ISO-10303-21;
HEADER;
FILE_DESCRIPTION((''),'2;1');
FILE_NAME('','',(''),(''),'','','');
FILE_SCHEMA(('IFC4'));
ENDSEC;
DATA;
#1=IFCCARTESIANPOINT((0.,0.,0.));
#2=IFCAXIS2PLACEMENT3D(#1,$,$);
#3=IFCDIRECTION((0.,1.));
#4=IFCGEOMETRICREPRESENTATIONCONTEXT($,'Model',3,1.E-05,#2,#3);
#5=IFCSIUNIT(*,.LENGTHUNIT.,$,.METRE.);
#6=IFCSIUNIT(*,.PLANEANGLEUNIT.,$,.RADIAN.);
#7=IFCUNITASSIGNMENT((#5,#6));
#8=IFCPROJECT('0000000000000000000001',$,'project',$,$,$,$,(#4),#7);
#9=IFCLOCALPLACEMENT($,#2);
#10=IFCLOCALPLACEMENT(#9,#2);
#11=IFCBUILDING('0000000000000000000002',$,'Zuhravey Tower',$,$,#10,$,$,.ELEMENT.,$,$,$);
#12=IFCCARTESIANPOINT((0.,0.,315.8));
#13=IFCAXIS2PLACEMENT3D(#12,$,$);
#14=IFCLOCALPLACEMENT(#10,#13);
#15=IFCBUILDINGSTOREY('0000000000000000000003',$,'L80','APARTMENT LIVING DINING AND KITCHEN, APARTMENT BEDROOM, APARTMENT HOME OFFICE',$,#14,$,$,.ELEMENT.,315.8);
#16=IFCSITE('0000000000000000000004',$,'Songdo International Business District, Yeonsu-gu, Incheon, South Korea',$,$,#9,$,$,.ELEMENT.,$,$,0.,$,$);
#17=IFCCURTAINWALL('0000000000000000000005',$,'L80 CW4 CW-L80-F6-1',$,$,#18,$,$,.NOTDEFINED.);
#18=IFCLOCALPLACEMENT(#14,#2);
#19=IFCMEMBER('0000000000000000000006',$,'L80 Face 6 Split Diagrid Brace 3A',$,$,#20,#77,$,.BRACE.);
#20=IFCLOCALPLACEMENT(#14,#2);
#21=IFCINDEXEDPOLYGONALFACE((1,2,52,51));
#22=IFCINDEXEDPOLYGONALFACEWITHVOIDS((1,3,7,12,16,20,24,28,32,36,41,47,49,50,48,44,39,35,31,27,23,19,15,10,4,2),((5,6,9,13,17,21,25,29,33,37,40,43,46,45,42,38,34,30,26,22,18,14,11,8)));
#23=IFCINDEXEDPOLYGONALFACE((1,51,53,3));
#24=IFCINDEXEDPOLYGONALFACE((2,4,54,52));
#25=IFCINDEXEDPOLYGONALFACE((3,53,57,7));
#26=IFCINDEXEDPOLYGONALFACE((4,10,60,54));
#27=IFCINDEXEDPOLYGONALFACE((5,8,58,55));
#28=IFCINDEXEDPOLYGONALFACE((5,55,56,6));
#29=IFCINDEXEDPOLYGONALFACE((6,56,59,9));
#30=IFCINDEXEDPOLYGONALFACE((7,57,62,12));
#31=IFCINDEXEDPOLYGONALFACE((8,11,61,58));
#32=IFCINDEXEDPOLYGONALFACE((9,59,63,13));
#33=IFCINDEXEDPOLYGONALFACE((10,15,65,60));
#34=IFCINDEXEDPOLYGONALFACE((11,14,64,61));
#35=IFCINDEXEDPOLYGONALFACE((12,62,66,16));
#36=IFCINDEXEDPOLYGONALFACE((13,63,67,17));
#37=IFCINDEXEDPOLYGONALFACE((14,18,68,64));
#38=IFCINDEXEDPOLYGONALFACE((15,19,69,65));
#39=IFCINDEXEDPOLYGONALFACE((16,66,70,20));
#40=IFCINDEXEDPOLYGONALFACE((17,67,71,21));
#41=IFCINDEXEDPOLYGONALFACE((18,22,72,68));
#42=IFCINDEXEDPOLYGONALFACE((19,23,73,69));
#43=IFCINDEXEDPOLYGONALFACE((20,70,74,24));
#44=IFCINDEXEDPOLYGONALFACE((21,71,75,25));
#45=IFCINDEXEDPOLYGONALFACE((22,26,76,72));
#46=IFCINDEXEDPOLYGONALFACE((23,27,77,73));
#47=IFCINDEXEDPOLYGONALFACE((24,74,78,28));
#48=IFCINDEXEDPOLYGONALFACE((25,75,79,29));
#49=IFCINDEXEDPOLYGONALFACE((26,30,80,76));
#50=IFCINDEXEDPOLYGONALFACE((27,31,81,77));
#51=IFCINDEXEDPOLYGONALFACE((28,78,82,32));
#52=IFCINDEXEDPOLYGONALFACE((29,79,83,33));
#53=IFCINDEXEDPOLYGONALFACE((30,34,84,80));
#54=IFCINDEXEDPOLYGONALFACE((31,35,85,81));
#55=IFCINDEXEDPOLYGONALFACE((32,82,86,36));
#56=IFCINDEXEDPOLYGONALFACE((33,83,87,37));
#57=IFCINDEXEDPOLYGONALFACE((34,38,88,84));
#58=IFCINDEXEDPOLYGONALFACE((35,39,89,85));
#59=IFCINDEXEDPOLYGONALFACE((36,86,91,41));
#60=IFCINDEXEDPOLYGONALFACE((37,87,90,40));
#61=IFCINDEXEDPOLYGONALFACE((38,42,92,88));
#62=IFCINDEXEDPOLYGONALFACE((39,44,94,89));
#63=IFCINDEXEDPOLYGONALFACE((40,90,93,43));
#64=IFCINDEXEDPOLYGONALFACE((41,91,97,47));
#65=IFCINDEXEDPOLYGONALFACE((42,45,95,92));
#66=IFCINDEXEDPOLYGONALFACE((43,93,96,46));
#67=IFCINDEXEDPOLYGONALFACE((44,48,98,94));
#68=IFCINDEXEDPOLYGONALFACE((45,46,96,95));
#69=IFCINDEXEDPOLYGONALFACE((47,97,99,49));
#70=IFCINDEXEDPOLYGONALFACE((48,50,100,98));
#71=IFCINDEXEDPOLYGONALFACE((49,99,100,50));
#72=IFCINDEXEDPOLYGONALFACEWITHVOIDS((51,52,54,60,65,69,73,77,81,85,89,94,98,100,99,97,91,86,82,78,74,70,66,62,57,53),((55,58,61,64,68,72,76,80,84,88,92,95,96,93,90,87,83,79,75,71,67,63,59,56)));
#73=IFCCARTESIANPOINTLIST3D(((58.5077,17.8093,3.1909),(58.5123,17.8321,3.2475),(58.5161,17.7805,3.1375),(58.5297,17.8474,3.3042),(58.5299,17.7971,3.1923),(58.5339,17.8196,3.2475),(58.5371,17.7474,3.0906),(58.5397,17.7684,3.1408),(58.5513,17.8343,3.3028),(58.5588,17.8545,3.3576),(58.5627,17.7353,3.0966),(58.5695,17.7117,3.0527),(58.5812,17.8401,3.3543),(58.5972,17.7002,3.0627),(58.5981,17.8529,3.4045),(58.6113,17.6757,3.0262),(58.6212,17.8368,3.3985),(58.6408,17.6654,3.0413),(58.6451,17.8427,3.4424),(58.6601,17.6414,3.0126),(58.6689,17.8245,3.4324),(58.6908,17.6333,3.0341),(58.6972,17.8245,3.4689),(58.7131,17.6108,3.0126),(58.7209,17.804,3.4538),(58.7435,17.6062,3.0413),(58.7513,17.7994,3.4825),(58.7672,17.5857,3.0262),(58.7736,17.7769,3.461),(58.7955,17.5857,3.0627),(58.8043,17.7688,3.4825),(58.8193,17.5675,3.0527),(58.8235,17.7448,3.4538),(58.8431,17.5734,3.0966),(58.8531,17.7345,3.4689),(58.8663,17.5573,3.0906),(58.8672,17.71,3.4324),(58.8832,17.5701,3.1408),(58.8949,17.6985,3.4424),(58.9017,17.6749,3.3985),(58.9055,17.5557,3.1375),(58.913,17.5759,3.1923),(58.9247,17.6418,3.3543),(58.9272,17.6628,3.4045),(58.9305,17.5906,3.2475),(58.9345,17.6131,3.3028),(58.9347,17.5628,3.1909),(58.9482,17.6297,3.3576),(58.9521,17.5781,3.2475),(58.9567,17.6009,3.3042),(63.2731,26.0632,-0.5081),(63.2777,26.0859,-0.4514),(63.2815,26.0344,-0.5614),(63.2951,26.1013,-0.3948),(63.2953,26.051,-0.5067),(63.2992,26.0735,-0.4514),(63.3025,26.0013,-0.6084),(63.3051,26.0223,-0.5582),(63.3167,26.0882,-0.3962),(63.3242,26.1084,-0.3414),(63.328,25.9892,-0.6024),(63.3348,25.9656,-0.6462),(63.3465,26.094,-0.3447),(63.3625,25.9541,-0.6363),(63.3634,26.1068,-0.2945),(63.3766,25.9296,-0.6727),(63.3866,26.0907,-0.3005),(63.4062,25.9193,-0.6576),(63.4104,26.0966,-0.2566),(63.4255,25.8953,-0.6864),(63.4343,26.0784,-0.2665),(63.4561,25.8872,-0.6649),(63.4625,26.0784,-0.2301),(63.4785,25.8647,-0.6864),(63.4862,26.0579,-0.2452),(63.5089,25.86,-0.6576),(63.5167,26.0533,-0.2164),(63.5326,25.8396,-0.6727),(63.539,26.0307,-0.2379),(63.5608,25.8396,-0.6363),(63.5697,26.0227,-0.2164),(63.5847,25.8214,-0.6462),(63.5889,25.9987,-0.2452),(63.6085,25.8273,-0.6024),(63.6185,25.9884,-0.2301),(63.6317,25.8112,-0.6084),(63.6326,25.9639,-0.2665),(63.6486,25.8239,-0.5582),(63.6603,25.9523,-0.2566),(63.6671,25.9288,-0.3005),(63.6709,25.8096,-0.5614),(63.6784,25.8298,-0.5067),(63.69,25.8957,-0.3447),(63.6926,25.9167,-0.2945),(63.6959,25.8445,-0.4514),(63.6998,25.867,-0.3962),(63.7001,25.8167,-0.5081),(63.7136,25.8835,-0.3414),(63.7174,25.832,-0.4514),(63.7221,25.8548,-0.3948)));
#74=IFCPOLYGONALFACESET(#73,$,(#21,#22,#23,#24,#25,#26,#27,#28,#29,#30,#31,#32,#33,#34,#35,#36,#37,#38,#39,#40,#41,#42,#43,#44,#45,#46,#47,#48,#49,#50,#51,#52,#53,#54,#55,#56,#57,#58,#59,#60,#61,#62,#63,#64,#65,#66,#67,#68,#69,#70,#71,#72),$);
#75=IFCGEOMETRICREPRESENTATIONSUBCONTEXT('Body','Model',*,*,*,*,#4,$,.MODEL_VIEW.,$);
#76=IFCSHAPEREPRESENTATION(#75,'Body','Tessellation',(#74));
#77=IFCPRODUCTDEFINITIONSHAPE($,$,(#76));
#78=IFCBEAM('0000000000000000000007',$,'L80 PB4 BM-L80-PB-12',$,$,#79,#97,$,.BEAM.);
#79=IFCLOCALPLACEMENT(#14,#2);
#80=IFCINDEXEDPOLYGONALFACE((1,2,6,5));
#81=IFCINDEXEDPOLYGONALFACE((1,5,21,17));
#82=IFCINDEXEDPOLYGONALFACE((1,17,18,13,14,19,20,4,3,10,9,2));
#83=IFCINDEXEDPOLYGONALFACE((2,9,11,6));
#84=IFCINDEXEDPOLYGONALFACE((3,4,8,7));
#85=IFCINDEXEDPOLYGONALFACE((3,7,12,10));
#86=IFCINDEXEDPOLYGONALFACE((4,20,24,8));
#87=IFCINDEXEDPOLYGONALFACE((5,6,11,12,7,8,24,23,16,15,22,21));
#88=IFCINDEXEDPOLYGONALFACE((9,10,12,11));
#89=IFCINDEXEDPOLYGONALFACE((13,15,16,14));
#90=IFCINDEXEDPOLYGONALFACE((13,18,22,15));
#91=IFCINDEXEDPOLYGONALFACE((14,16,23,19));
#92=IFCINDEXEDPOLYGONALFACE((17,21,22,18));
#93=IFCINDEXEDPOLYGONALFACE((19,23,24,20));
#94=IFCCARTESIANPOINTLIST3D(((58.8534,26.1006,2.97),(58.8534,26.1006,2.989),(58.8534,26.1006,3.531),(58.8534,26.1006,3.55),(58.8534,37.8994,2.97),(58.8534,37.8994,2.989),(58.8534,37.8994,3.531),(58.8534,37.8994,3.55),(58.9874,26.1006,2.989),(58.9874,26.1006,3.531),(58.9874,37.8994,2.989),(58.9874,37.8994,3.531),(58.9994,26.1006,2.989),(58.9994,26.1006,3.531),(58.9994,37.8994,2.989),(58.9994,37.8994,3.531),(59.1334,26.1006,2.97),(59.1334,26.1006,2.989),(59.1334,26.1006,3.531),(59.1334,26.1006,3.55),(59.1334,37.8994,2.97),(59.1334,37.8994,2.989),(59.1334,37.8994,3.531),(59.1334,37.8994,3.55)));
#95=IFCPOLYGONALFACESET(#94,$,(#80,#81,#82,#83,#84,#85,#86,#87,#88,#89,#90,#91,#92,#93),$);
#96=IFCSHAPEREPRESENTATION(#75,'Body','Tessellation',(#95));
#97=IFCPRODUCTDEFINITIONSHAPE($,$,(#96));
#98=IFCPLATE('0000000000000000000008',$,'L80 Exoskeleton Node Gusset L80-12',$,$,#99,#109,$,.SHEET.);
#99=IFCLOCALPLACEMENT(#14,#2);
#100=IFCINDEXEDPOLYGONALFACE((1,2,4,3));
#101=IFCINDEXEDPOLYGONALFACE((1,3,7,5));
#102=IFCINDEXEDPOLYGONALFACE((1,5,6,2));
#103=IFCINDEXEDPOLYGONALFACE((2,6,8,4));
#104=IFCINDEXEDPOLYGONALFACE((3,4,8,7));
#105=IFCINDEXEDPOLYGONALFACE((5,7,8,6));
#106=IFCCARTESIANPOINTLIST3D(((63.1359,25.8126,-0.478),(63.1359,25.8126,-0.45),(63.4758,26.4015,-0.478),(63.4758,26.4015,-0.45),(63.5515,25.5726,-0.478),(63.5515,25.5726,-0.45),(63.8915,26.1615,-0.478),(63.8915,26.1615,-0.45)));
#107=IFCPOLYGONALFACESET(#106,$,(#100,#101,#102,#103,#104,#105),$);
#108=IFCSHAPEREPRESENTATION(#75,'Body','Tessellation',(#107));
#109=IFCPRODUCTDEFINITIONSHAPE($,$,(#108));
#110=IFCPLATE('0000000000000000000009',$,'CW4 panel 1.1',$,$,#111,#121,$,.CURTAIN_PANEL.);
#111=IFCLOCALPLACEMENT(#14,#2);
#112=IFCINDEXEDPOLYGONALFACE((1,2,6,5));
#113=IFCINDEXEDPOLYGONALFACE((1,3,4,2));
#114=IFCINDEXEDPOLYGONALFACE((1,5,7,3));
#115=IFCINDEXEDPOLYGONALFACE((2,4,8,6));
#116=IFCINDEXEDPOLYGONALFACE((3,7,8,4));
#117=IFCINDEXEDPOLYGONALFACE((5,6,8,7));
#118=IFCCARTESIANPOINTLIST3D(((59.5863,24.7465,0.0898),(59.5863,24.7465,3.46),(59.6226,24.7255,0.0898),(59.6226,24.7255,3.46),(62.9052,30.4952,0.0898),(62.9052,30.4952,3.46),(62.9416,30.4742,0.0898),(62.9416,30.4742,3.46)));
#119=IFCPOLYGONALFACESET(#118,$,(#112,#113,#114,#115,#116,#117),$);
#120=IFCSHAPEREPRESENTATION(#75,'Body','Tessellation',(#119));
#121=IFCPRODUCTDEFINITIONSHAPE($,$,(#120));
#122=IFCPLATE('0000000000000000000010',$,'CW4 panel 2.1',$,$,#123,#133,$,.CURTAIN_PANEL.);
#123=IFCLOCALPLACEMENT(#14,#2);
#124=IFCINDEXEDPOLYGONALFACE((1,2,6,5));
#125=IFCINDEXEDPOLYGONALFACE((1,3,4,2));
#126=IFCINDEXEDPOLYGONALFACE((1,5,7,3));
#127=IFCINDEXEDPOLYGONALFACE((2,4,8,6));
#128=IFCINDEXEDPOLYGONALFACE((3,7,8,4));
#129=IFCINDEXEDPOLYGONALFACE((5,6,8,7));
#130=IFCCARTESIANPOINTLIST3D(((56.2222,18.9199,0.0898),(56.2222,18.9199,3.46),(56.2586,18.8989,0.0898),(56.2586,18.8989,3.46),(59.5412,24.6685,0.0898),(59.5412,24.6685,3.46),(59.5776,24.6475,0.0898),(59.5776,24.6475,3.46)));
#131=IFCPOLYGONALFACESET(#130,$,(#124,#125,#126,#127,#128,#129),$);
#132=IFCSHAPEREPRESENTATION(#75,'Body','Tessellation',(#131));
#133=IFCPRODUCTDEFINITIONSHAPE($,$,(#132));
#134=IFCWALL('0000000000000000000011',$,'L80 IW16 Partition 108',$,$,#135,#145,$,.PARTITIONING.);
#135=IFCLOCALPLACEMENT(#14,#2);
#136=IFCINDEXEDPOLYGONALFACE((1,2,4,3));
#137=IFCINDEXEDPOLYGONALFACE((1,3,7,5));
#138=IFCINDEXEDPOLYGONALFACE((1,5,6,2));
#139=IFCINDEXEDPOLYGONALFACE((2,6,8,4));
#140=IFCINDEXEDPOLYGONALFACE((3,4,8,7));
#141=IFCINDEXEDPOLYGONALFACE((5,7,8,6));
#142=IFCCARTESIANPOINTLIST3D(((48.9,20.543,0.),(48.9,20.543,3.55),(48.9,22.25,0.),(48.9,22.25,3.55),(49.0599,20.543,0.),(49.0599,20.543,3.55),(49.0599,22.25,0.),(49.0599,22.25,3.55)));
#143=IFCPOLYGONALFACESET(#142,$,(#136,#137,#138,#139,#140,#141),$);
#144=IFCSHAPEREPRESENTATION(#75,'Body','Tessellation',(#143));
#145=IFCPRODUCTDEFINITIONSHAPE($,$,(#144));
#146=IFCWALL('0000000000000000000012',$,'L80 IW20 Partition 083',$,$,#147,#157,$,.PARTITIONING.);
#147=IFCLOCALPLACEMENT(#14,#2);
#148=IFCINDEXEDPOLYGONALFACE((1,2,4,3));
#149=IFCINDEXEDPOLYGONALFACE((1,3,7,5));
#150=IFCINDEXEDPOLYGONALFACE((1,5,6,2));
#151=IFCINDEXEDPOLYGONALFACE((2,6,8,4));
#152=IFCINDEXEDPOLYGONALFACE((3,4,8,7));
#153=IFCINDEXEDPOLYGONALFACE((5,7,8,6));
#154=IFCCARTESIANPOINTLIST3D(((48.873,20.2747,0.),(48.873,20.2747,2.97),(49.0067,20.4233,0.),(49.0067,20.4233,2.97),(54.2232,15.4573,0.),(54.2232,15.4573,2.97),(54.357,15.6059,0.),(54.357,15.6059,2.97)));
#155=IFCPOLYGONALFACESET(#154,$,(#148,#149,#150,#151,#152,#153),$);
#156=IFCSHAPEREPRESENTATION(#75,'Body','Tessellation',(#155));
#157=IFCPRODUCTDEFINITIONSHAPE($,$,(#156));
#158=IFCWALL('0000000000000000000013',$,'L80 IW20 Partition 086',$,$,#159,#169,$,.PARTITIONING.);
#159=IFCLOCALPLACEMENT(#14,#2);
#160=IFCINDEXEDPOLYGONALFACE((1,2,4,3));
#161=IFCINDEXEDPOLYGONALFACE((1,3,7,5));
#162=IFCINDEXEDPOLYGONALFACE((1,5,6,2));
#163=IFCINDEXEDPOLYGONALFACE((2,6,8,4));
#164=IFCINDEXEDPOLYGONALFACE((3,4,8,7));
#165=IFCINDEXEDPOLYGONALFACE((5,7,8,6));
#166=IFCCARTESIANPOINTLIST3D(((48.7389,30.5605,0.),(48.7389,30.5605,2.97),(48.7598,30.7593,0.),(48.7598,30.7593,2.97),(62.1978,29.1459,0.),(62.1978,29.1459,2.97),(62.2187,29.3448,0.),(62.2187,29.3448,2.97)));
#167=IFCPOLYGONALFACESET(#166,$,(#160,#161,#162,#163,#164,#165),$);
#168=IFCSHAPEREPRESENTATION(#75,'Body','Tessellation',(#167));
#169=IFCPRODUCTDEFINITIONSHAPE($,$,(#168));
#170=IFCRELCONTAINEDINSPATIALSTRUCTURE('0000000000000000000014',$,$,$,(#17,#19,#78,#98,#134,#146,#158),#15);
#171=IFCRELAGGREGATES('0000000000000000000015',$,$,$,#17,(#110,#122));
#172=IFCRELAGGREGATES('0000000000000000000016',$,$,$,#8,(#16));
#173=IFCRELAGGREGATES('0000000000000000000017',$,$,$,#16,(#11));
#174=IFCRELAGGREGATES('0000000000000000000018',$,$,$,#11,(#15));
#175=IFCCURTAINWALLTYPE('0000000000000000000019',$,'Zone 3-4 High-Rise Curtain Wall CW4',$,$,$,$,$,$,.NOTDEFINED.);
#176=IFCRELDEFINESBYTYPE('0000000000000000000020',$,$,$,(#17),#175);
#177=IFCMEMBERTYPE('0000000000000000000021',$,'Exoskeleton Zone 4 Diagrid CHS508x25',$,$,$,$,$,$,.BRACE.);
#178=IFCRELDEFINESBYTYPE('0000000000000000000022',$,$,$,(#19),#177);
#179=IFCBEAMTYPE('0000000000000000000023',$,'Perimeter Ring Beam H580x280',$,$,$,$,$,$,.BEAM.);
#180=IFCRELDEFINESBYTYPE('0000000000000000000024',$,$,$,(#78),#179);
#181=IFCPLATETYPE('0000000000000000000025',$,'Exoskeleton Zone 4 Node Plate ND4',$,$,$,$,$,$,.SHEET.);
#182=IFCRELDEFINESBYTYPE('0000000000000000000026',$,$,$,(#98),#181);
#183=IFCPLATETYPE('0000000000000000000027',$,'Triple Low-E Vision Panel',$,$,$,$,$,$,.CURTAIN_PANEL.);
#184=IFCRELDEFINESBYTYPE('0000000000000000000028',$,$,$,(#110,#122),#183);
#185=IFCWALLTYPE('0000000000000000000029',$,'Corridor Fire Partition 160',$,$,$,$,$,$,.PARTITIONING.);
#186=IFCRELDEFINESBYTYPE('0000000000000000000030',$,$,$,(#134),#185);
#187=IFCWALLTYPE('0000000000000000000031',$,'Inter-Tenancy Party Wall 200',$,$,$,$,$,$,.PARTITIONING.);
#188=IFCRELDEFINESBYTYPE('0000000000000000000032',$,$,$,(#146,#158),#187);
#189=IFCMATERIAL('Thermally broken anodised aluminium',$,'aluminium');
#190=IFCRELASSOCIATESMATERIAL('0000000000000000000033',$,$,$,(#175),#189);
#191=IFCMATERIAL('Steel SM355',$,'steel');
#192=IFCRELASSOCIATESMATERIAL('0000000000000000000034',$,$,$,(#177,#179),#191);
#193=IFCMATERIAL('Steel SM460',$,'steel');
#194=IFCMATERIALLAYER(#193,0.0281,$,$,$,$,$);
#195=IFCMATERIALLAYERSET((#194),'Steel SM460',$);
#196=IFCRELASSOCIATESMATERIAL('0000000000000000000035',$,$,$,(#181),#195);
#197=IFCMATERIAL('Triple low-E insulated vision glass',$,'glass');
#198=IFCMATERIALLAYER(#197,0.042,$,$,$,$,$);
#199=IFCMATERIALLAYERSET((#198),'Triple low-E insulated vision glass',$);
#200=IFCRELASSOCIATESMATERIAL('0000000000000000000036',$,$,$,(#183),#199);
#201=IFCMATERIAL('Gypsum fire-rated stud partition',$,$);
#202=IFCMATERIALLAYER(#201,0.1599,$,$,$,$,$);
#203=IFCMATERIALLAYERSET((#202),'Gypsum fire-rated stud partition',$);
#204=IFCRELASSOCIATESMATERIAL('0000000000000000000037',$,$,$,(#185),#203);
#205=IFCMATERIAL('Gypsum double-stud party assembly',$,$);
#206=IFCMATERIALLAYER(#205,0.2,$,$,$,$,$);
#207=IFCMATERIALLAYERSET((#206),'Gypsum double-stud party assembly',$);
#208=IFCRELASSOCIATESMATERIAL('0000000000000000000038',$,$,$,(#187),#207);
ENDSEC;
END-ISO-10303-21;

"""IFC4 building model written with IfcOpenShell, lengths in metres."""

from ifc_helpers import new_model, si_unit, direction, frame, frame_2d, origin, origin_2d, place, context, subcontext, project, spatial, rectangle, hollow_circle, i_section, extrude, material, layer, layer_set, material_profile, profile_set, type_object, element, aggregate, save


model = new_model("IFC4")

# Units and contexts
model_context = context("Model", 3, precision=1e-05, world=origin(), true_north=direction((0.0, 1.0)))
body_context = subcontext(model_context, "Body", "Model", "MODEL_VIEW")
ifc_project = project(units=[si_unit("LENGTHUNIT", "METRE"), si_unit("PLANEANGLEUNIT", "RADIAN")], contexts=[model_context])

# Site, building, storey
site_placement = place(None, origin())
site = spatial("IfcSite", under=ifc_project, at=site_placement, Name="Songdo International Business District, Yeonsu-gu, Incheon, South Korea", CompositionType="ELEMENT", RefElevation=0.0)
building_placement = place(site_placement, origin())
building = spatial("IfcBuilding", under=site, at=building_placement, Name="Zuhravey Tower", CompositionType="ELEMENT")
storey_placement = place(building_placement, frame((0.0, 0.0, 315.8)))
storey = spatial("IfcBuildingStorey", under=building, at=storey_placement, Name="L80", Description="APARTMENT LIVING DINING AND KITCHEN, APARTMENT BEDROOM, APARTMENT HOME OFFICE", CompositionType="ELEMENT", Elevation=315.8)

# Curtain wall
ifc_material_1 = material(Name="Thermally broken anodised aluminium", Category="aluminium")
curtain_wall_type = type_object("IfcCurtainWallType", Name="Zone 3-4 High-Rise Curtain Wall CW4", PredefinedType="NOTDEFINED", material=ifc_material_1)
curtain_wall_placement = place(storey_placement, origin())
curtain_wall = element("IfcCurtainWall", 1, at=curtain_wall_placement, inside=storey, type_object=curtain_wall_type, Name="L80 CW4 CW-L80-F6-1", PredefinedType="NOTDEFINED")

# Member
ifc_material_2 = material(Name="Steel SM355", Category="steel")
ifc_material_profile_1 = material_profile(ifc_material_2, hollow_circle(Radius=0.2539, WallThickness=0.0249, at=origin_2d()), Name="CHS-508.0x25")
ifc_profile_set_1 = profile_set([ifc_material_profile_1], Name="Steel SM355")
member_type_1 = type_object("IfcMemberType", Name="Exoskeleton Zone 4 Diagrid CHS508x25", PredefinedType="BRACE", material=ifc_profile_set_1)
member_1_placement = place(storey_placement, frame((63.4976, 25.959, -0.4514), z_axis=(-0.466124, -0.807353, 0.361814), x_axis=(0.866026, -0.499999, 0.0)))
element("IfcMember", 2, at=member_1_placement, inside=storey, type_object=member_type_1, Name="L80 Face 6 Split Diagrid Brace 3A", PredefinedType="BRACE", context=body_context, shape_type="SweptSolid", body=[
    extrude(hollow_circle(Radius=0.2539, WallThickness=0.0249, at=origin_2d()), origin(), (0.0, 0.0, 1.0), 10.2234),
])

# Beam
ifc_material_profile_2 = material_profile(ifc_material_2, i_section(OverallWidth=0.28, OverallDepth=0.5801, WebThickness=0.012, FlangeThickness=0.019, at=origin_2d()), Name="H-580x280x12x19")
ifc_profile_set_2 = profile_set([ifc_material_profile_2], Name="Steel SM355")
beam_type = type_object("IfcBeamType", Name="Perimeter Ring Beam H580x280", PredefinedType="BEAM", material=ifc_profile_set_2)
beam_placement = place(storey_placement, frame((58.9934, 26.1006, 3.26), z_axis=(0.0, 1.0, 0.0), x_axis=(-1.0, 0.0, 0.0)))
element("IfcBeam", 3, at=beam_placement, inside=storey, type_object=beam_type, Name="L80 PB4 BM-L80-PB-12", PredefinedType="BEAM", context=body_context, shape_type="SweptSolid", body=[
    extrude(i_section(OverallWidth=0.28, OverallDepth=0.5801, WebThickness=0.012, FlangeThickness=0.019, at=origin_2d()), origin(), (0.0, 0.0, 1.0), 11.7988),
])

# Plates
ifc_material_3 = material(Name="Steel SM460", Category="steel")
ifc_layer_1 = layer(ifc_material_3, 0.0281)
ifc_layer_set_1 = layer_set([ifc_layer_1], Name="Steel SM460")
plate_type_1 = type_object("IfcPlateType", Name="Exoskeleton Zone 4 Node Plate ND4", PredefinedType="SHEET", material=ifc_layer_set_1)
plate_1_placement = place(storey_placement, frame((63.5137, 25.9871, -0.478), z_axis=(0.0, 0.0, 1.0), x_axis=(0.5, 0.866025, 0.0)))
element("IfcPlate", 4, at=plate_1_placement, inside=storey, type_object=plate_type_1, Name="L80 Exoskeleton Node Gusset L80-12", PredefinedType="SHEET", context=body_context, shape_type="SweptSolid", body=[
    extrude(rectangle(XDim=0.6799, YDim=0.48, at=origin_2d()), origin(), (0.0, 0.0, 1.0), 0.0281),
])
ifc_material_4 = material(Name="Triple low-E insulated vision glass", Category="glass")
ifc_layer_2 = layer(ifc_material_4, 0.042)
ifc_layer_set_2 = layer_set([ifc_layer_2], Name="Triple low-E insulated vision glass")
plate_type_2 = type_object("IfcPlateType", Name="Triple Low-E Vision Panel", PredefinedType="CURTAIN_PANEL", material=ifc_layer_set_2)
plate_2_placement = place(storey_placement, frame((61.2639, 27.6104, 0.0898), z_axis=(0.0, 0.0, 1.0), x_axis=(-0.499997, -0.866027, 0.0)))
plate_2 = element("IfcPlate", 5, at=plate_2_placement, type_object=plate_type_2, Name="CW4 panel 1.1", PredefinedType="CURTAIN_PANEL", context=body_context, shape_type="SweptSolid", body=[
    extrude(rectangle(XDim=6.6379, YDim=0.042, at=origin_2d()), origin(), (0.0, 0.0, 1.0), 3.3701),
])
plate_3_placement = place(storey_placement, frame((57.8999, 21.7837, 0.0898), z_axis=(0.0, 0.0, 1.0), x_axis=(-0.499997, -0.866027, 0.0)))
plate_3 = element("IfcPlate", 6, at=plate_3_placement, type_object=plate_type_2, Name="CW4 panel 2.1", PredefinedType="CURTAIN_PANEL", context=body_context, shape_type="SweptSolid", body=[
    extrude(rectangle(XDim=6.6379, YDim=0.042, at=origin_2d()), origin(), (0.0, 0.0, 1.0), 3.3701),
])
aggregate(curtain_wall, [plate_2, plate_3])

# Shared definitions
ifc_material_5 = material(Name="Gypsum fire-rated stud partition")
ifc_layer_3 = layer(ifc_material_5, 0.1599)
ifc_layer_set_3 = layer_set([ifc_layer_3], Name="Gypsum fire-rated stud partition")
wall_type_1 = type_object("IfcWallType", Name="Corridor Fire Partition 160", PredefinedType="PARTITIONING", material=ifc_layer_set_3)

# Walls
wall_1_placement = place(storey_placement, frame((48.98, 20.543, 0.0), z_axis=(0.0, 0.0, 1.0), x_axis=(0.0, 1.0, 0.0)))
element("IfcWall", 7, at=wall_1_placement, inside=storey, type_object=wall_type_1, Name="L80 IW16 Partition 108", PredefinedType="PARTITIONING", context=body_context, shape_type="SweptSolid", body=[
    extrude(rectangle(XDim=1.707, YDim=0.1599, at=frame_2d((0.8535, 0.0))), origin(), (0.0, 0.0, 1.0), 3.55),
])
ifc_material_6 = material(Name="Gypsum double-stud party assembly")
ifc_layer_4 = layer(ifc_material_6, 0.2)
ifc_layer_set_4 = layer_set([ifc_layer_4], Name="Gypsum double-stud party assembly")
wall_type_2 = type_object("IfcWallType", Name="Inter-Tenancy Party Wall 200", PredefinedType="PARTITIONING", material=ifc_layer_set_4)
wall_2_placement = place(storey_placement, frame((48.9399, 20.3489, 0.0), z_axis=(0.0, 0.0, 1.0), x_axis=(0.743151, -0.669124, 0.0)))
element("IfcWall", 8, at=wall_2_placement, inside=storey, type_object=wall_type_2, Name="L80 IW20 Partition 083", PredefinedType="PARTITIONING", context=body_context, shape_type="SweptSolid", body=[
    extrude(rectangle(XDim=7.1995, YDim=0.2, at=frame_2d((3.5996, 0.0))), origin(), (0.0, 0.0, 1.0), 2.97),
])
wall_3_placement = place(storey_placement, frame((48.7493, 30.6599, 0.0), z_axis=(0.0, 0.0, 1.0), x_axis=(0.994522, -0.104527, 0.0)))
element("IfcWall", 9, at=wall_3_placement, inside=storey, type_object=wall_type_2, Name="L80 IW20 Partition 086", PredefinedType="PARTITIONING", context=body_context, shape_type="SweptSolid", body=[
    extrude(rectangle(XDim=13.533, YDim=0.2, at=frame_2d((6.7666, 0.0))), origin(), (0.0, 0.0, 1.0), 2.97),
])

save(model, "model.ifc")
